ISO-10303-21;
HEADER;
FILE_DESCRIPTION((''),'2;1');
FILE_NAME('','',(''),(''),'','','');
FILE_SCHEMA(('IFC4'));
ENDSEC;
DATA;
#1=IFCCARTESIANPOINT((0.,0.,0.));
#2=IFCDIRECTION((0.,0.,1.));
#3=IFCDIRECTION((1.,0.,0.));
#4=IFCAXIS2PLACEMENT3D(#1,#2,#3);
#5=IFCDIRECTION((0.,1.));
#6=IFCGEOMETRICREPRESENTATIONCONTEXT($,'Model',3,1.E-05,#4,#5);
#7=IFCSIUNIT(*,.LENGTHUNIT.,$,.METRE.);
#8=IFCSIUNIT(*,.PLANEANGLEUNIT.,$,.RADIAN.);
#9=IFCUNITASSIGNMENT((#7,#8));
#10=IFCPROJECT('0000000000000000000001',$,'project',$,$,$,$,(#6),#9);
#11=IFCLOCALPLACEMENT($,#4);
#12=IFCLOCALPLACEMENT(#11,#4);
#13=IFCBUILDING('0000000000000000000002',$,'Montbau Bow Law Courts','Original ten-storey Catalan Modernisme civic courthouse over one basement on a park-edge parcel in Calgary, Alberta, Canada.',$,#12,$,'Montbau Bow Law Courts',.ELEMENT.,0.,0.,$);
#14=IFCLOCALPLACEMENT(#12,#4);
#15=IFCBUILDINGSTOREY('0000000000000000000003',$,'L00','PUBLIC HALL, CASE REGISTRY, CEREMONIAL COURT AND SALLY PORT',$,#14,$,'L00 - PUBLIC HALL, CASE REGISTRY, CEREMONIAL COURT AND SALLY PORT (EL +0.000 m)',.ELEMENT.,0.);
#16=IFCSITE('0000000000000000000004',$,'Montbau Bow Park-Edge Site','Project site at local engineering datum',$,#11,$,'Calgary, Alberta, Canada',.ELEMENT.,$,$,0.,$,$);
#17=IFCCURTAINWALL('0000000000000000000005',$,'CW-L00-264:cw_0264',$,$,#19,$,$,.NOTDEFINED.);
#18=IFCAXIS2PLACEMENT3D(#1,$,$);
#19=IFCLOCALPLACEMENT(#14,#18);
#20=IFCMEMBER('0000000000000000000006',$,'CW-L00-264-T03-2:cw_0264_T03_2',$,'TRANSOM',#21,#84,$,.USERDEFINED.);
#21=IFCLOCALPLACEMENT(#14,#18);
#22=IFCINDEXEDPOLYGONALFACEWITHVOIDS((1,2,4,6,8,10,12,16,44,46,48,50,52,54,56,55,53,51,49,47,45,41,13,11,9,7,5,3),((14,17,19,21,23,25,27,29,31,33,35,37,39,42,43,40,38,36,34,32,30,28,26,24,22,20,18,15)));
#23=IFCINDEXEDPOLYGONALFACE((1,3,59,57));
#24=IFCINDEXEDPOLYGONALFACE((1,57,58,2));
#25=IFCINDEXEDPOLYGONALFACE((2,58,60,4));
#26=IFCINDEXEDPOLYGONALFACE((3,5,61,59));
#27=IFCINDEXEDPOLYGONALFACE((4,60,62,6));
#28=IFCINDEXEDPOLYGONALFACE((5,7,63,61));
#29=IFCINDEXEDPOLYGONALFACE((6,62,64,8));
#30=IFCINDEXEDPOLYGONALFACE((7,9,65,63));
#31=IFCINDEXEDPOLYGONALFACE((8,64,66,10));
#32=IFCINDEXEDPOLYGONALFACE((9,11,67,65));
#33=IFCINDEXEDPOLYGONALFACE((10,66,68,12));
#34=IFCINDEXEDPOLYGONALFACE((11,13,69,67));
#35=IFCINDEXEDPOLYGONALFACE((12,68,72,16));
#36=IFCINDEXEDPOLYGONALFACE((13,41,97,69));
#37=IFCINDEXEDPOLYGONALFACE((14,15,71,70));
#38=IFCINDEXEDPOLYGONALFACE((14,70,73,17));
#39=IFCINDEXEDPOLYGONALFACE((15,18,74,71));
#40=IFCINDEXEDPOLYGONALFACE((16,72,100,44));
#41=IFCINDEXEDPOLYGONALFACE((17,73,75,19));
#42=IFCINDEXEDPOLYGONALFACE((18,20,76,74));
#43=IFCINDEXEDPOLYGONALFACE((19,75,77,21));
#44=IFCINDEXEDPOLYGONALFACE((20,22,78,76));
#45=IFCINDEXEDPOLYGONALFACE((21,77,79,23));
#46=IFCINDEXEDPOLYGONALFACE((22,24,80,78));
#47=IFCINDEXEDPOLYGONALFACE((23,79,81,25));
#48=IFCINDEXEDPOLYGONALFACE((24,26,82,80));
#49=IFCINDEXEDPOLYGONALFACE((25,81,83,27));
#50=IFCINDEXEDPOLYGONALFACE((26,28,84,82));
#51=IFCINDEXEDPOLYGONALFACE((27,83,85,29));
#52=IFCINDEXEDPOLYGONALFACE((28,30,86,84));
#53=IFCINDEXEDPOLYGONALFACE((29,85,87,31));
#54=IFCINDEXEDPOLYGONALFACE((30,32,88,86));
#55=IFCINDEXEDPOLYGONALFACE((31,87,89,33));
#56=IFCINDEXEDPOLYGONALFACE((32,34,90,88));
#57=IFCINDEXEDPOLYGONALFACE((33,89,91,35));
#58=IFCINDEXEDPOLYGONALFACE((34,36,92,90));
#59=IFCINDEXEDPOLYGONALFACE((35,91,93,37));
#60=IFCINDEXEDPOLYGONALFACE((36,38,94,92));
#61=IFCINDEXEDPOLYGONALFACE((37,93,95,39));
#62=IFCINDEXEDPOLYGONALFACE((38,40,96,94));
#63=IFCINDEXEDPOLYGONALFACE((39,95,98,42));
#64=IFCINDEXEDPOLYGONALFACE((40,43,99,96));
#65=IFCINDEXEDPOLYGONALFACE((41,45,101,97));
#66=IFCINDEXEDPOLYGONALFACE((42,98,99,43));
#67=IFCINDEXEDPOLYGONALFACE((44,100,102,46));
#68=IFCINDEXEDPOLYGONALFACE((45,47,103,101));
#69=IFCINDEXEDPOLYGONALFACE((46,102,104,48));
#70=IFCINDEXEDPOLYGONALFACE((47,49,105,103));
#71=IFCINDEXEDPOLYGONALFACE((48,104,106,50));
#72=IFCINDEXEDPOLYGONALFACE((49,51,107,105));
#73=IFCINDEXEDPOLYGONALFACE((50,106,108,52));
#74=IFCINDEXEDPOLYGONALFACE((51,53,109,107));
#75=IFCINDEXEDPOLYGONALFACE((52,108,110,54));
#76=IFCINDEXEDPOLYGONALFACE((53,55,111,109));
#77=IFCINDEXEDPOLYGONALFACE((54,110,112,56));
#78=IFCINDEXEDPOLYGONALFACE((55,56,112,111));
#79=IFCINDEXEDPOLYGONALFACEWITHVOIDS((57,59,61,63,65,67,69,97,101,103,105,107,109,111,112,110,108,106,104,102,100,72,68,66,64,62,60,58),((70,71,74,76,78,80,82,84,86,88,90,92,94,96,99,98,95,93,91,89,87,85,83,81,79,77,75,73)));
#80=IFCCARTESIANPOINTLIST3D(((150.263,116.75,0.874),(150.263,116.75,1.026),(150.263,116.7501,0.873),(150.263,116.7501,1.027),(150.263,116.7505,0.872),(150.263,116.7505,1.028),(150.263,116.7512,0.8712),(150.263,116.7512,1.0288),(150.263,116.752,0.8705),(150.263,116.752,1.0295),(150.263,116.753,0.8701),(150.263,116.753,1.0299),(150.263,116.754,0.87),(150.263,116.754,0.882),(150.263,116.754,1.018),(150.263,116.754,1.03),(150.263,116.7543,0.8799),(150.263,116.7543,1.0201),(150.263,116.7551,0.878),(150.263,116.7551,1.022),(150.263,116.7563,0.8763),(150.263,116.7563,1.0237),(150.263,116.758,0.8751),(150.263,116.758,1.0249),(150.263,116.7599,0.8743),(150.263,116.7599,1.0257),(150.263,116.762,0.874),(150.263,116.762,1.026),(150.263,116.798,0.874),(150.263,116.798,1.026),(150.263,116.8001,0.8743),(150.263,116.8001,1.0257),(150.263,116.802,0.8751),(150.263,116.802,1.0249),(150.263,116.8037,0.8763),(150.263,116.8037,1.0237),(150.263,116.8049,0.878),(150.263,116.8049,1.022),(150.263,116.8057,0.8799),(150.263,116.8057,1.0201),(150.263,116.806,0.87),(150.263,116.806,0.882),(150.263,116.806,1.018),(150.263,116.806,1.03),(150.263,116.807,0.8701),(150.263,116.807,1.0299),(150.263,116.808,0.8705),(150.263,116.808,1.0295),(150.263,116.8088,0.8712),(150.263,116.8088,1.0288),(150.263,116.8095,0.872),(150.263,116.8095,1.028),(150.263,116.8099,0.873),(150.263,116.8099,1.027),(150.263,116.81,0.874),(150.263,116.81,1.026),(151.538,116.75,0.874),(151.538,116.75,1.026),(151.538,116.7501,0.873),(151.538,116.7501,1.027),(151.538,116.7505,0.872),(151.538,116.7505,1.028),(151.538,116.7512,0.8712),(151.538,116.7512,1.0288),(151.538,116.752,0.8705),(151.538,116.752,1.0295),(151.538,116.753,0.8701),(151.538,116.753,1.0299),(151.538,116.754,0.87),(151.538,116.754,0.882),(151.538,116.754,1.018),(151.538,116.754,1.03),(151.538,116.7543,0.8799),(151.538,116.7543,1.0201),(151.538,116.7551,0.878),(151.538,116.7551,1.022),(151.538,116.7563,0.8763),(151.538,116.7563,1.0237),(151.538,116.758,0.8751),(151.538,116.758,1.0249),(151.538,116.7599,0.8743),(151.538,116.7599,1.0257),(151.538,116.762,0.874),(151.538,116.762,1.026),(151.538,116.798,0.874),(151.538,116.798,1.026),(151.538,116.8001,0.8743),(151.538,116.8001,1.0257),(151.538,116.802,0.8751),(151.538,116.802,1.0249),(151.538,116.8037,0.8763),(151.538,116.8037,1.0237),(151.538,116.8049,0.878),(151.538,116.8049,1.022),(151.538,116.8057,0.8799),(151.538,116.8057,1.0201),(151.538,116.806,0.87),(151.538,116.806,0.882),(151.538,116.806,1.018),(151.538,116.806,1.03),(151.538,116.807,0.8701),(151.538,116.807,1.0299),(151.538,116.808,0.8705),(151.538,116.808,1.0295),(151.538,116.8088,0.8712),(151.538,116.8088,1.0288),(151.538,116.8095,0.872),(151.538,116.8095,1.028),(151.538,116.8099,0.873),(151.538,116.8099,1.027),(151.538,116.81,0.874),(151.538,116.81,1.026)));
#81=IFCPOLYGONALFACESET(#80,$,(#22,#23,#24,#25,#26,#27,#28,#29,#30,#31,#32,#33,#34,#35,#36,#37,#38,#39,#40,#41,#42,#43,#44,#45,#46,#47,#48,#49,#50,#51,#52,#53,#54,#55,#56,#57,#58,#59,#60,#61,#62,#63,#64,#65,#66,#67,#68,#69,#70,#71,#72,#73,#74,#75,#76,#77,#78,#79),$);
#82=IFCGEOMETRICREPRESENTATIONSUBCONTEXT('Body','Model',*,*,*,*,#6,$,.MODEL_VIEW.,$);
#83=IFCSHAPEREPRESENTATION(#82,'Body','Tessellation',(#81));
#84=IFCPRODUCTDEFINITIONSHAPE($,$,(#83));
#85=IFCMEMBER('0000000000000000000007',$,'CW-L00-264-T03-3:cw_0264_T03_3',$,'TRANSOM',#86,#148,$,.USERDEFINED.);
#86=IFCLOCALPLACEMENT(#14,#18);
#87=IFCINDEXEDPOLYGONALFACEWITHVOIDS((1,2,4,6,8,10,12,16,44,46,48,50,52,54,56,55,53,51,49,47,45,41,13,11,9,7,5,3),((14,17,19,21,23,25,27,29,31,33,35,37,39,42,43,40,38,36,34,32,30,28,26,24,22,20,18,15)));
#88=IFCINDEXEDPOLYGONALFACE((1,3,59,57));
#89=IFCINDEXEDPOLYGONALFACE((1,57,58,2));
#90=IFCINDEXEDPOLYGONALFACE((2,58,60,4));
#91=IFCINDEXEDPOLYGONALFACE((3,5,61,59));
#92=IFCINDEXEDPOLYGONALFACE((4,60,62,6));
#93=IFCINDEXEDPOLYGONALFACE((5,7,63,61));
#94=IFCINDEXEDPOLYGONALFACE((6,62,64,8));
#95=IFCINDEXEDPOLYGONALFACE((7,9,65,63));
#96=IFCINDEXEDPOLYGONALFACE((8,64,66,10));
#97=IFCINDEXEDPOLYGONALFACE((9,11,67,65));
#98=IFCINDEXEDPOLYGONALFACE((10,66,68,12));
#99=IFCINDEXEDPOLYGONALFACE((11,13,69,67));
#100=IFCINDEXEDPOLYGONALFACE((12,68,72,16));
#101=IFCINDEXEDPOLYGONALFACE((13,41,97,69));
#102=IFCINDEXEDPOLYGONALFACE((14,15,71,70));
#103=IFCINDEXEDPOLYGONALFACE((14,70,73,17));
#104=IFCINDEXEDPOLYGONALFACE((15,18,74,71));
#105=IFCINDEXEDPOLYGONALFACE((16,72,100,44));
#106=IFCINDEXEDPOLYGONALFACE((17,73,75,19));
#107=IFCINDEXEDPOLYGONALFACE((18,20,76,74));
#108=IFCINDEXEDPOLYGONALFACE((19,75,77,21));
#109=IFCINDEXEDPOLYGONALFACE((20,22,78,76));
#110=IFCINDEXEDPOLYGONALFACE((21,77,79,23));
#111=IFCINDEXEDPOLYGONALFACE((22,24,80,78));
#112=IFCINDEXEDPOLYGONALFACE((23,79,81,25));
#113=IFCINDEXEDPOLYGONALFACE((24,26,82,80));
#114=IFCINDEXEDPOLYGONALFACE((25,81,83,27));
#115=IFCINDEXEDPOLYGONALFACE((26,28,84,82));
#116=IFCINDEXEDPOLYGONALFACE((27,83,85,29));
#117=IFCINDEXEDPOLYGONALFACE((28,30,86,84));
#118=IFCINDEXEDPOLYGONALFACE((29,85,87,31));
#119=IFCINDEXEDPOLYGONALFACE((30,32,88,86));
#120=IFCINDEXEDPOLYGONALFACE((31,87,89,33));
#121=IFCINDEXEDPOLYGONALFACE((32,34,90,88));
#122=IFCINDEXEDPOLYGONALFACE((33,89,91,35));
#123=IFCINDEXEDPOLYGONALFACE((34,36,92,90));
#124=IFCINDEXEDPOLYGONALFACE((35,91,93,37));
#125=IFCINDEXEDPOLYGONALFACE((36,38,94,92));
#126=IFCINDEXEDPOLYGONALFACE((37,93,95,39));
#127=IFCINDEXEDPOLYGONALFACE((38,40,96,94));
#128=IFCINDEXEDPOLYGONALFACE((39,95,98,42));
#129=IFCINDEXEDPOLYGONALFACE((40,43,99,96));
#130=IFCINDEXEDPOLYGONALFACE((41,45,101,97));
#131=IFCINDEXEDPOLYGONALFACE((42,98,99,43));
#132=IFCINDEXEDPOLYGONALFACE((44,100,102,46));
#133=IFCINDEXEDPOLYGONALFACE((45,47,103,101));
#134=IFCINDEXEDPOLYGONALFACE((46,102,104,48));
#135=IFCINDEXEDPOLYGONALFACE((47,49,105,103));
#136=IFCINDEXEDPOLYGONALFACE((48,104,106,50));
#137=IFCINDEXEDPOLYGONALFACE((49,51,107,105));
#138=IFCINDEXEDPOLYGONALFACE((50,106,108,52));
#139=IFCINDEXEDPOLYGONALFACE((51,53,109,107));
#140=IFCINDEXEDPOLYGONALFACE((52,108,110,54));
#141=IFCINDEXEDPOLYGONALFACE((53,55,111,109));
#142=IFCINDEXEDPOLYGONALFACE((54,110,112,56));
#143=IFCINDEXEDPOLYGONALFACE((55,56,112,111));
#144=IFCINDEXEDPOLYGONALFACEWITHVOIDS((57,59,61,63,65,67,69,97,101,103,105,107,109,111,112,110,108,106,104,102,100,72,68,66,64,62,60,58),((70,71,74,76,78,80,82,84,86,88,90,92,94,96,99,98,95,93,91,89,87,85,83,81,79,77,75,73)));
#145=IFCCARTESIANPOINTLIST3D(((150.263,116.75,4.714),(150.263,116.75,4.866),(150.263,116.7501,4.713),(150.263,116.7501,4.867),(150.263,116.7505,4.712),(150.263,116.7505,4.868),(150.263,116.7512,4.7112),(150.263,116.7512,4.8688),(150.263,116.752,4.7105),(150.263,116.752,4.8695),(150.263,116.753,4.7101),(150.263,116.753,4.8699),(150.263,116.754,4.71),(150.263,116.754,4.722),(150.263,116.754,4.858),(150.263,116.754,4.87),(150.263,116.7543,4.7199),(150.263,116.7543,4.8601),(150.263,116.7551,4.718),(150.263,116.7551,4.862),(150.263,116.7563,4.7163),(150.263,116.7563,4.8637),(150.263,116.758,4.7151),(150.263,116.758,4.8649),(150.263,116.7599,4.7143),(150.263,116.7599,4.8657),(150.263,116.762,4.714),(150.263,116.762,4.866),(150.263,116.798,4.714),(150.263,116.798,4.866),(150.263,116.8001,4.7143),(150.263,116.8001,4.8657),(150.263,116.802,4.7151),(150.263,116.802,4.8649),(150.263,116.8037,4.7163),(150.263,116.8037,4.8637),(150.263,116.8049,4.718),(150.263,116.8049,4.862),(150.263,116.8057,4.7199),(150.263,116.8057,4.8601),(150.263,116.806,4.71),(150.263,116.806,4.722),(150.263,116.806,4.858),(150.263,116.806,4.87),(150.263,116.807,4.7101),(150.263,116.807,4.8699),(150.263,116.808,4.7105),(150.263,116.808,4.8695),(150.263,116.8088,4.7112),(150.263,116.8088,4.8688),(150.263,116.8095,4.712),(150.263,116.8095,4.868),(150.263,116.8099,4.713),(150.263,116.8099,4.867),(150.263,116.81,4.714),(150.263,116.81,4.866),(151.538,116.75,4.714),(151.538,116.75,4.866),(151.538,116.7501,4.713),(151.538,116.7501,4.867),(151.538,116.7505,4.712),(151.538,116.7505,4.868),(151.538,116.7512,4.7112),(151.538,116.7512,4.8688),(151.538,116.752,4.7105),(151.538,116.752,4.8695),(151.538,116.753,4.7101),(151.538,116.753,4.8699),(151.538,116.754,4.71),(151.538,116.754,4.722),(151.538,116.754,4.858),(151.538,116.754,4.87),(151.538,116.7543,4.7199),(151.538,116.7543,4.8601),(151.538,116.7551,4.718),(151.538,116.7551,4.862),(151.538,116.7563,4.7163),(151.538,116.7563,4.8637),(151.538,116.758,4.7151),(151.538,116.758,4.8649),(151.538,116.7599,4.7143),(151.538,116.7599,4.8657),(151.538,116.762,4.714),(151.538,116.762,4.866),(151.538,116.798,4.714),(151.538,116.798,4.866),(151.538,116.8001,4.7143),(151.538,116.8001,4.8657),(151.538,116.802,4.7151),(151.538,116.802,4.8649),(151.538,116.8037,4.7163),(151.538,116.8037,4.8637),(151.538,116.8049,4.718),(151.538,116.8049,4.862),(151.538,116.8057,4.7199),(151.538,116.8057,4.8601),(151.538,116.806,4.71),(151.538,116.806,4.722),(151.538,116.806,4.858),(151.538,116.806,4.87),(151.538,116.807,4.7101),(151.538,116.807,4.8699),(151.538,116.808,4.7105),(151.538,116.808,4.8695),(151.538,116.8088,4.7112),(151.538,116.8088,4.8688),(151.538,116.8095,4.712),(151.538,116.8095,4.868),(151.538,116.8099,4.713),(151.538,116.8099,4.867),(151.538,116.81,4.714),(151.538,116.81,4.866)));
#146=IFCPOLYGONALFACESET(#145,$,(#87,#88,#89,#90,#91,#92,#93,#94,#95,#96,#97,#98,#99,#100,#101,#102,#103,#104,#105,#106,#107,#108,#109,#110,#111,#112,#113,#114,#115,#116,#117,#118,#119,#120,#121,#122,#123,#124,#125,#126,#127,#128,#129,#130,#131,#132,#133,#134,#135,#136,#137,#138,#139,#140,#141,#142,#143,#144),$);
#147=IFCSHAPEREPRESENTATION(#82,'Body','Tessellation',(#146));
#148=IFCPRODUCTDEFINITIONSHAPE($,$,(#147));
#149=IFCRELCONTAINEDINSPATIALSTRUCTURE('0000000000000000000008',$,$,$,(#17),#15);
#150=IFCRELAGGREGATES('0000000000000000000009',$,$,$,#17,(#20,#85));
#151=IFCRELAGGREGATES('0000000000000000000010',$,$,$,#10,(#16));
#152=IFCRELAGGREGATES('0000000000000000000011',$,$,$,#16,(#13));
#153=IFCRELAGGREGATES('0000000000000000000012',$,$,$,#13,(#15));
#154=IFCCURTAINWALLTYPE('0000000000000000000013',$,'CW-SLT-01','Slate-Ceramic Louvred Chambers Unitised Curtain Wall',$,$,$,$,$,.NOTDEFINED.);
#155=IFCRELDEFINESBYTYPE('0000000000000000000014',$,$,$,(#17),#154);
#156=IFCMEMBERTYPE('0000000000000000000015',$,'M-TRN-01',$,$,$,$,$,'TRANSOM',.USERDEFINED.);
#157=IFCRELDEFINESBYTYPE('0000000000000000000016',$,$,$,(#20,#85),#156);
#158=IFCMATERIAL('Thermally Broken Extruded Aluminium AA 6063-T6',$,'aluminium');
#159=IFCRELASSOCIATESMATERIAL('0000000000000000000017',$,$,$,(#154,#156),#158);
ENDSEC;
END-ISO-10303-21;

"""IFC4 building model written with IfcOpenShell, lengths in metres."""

from ifc_helpers import new_model, si_unit, direction, frame, origin_with_axes, origin_2d_with_axis, place, context, subcontext, project, spatial, hollow_rectangle, extrude, material, material_profile, profile_set, type_object, element, aggregate, save


model = new_model("IFC4")

# Units and contexts
model_context = context("Model", 3, precision=1e-05, world=origin_with_axes(), true_north=direction((0.0, 1.0)))
body_context = subcontext(model_context, "Body", "Model", "MODEL_VIEW")
ifc_project = project(units=[si_unit("LENGTHUNIT", "METRE"), si_unit("PLANEANGLEUNIT", "RADIAN")], contexts=[model_context])

# Site, building, storey
site_placement = place(None, origin_with_axes())
site = spatial("IfcSite", under=ifc_project, at=site_placement, Name="Montbau Bow Park-Edge Site", Description="Project site at local engineering datum", LongName="Calgary, Alberta, Canada", CompositionType="ELEMENT", RefElevation=0.0)
building_placement = place(site_placement, origin_with_axes())
building = spatial("IfcBuilding", under=site, at=building_placement, Name="Montbau Bow Law Courts", Description="Original ten-storey Catalan Modernisme civic courthouse over one basement on a park-edge parcel in Calgary, Alberta, Canada.", LongName="Montbau Bow Law Courts", CompositionType="ELEMENT", ElevationOfRefHeight=0.0, ElevationOfTerrain=0.0)
storey_placement = place(building_placement, origin_with_axes())
storey = spatial("IfcBuildingStorey", under=building, at=storey_placement, Name="L00", Description="PUBLIC HALL, CASE REGISTRY, CEREMONIAL COURT AND SALLY PORT", LongName="L00 - PUBLIC HALL, CASE REGISTRY, CEREMONIAL COURT AND SALLY PORT (EL +0.000 m)", CompositionType="ELEMENT", Elevation=0.0)

# Curtain wall, members
ifc_material_1 = material(Name="Thermally Broken Extruded Aluminium AA 6063-T6", Category="aluminium")
curtain_wall_type = type_object("IfcCurtainWallType", Name="CW-SLT-01", Description="Slate-Ceramic Louvred Chambers Unitised Curtain Wall", PredefinedType="NOTDEFINED", material=ifc_material_1)
curtain_wall_placement = place(None, frame((147.515, 116.78, 0.0), z_axis=(0.0, 0.0, 1.0), x_axis=(1.0, 0.0, 0.0)))
curtain_wall = element("IfcCurtainWall", 1, at=curtain_wall_placement, inside=storey, type_object=curtain_wall_type, Name="CW-L00-264:cw_0264", PredefinedType="NOTDEFINED")
ifc_material_profile_1 = material_profile(ifc_material_1, hollow_rectangle(XDim=0.06, YDim=0.16, WallThickness=0.004, InnerFilletRadius=0.008, OuterFilletRadius=0.004, at=origin_2d_with_axis()), Name="CWT-160X60", Category="Main", Priority=0)
ifc_profile_set_1 = profile_set([ifc_material_profile_1], Name="Thermally Broken Extruded Aluminium AA 6063-T6")
member_type_1 = type_object("IfcMemberType", Name="M-TRN-01", ElementType="TRANSOM", PredefinedType="USERDEFINED", material=ifc_profile_set_1)
member_1_placement = place(None, frame((150.263, 116.78, 0.95), z_axis=(1.0, 0.0, 0.0), x_axis=(0.0, 1.0, 0.0)))
member_1 = element("IfcMember", 2, at=member_1_placement, type_object=member_type_1, Name="CW-L00-264-T03-2:cw_0264_T03_2", ObjectType="TRANSOM", PredefinedType="USERDEFINED", context=body_context, shape_type="SweptSolid", body=[
    extrude(hollow_rectangle(XDim=0.06, YDim=0.16, WallThickness=0.004, InnerFilletRadius=0.008, OuterFilletRadius=0.004, at=origin_2d_with_axis()), origin_with_axes(), (0.0, 0.0, 1.0), 1.275),
])
member_2_placement = place(None, frame((150.263, 116.78, 4.79), z_axis=(1.0, 0.0, 0.0), x_axis=(0.0, 1.0, 0.0)))
member_2 = element("IfcMember", 3, at=member_2_placement, type_object=member_type_1, Name="CW-L00-264-T03-3:cw_0264_T03_3", ObjectType="TRANSOM", PredefinedType="USERDEFINED", context=body_context, shape_type="SweptSolid", body=[
    extrude(hollow_rectangle(XDim=0.06, YDim=0.16, WallThickness=0.004, InnerFilletRadius=0.008, OuterFilletRadius=0.004, at=origin_2d_with_axis()), origin_with_axes(), (0.0, 0.0, 1.0), 1.275),
])
aggregate(curtain_wall, [member_1, member_2])

save(model, "model.ifc")
